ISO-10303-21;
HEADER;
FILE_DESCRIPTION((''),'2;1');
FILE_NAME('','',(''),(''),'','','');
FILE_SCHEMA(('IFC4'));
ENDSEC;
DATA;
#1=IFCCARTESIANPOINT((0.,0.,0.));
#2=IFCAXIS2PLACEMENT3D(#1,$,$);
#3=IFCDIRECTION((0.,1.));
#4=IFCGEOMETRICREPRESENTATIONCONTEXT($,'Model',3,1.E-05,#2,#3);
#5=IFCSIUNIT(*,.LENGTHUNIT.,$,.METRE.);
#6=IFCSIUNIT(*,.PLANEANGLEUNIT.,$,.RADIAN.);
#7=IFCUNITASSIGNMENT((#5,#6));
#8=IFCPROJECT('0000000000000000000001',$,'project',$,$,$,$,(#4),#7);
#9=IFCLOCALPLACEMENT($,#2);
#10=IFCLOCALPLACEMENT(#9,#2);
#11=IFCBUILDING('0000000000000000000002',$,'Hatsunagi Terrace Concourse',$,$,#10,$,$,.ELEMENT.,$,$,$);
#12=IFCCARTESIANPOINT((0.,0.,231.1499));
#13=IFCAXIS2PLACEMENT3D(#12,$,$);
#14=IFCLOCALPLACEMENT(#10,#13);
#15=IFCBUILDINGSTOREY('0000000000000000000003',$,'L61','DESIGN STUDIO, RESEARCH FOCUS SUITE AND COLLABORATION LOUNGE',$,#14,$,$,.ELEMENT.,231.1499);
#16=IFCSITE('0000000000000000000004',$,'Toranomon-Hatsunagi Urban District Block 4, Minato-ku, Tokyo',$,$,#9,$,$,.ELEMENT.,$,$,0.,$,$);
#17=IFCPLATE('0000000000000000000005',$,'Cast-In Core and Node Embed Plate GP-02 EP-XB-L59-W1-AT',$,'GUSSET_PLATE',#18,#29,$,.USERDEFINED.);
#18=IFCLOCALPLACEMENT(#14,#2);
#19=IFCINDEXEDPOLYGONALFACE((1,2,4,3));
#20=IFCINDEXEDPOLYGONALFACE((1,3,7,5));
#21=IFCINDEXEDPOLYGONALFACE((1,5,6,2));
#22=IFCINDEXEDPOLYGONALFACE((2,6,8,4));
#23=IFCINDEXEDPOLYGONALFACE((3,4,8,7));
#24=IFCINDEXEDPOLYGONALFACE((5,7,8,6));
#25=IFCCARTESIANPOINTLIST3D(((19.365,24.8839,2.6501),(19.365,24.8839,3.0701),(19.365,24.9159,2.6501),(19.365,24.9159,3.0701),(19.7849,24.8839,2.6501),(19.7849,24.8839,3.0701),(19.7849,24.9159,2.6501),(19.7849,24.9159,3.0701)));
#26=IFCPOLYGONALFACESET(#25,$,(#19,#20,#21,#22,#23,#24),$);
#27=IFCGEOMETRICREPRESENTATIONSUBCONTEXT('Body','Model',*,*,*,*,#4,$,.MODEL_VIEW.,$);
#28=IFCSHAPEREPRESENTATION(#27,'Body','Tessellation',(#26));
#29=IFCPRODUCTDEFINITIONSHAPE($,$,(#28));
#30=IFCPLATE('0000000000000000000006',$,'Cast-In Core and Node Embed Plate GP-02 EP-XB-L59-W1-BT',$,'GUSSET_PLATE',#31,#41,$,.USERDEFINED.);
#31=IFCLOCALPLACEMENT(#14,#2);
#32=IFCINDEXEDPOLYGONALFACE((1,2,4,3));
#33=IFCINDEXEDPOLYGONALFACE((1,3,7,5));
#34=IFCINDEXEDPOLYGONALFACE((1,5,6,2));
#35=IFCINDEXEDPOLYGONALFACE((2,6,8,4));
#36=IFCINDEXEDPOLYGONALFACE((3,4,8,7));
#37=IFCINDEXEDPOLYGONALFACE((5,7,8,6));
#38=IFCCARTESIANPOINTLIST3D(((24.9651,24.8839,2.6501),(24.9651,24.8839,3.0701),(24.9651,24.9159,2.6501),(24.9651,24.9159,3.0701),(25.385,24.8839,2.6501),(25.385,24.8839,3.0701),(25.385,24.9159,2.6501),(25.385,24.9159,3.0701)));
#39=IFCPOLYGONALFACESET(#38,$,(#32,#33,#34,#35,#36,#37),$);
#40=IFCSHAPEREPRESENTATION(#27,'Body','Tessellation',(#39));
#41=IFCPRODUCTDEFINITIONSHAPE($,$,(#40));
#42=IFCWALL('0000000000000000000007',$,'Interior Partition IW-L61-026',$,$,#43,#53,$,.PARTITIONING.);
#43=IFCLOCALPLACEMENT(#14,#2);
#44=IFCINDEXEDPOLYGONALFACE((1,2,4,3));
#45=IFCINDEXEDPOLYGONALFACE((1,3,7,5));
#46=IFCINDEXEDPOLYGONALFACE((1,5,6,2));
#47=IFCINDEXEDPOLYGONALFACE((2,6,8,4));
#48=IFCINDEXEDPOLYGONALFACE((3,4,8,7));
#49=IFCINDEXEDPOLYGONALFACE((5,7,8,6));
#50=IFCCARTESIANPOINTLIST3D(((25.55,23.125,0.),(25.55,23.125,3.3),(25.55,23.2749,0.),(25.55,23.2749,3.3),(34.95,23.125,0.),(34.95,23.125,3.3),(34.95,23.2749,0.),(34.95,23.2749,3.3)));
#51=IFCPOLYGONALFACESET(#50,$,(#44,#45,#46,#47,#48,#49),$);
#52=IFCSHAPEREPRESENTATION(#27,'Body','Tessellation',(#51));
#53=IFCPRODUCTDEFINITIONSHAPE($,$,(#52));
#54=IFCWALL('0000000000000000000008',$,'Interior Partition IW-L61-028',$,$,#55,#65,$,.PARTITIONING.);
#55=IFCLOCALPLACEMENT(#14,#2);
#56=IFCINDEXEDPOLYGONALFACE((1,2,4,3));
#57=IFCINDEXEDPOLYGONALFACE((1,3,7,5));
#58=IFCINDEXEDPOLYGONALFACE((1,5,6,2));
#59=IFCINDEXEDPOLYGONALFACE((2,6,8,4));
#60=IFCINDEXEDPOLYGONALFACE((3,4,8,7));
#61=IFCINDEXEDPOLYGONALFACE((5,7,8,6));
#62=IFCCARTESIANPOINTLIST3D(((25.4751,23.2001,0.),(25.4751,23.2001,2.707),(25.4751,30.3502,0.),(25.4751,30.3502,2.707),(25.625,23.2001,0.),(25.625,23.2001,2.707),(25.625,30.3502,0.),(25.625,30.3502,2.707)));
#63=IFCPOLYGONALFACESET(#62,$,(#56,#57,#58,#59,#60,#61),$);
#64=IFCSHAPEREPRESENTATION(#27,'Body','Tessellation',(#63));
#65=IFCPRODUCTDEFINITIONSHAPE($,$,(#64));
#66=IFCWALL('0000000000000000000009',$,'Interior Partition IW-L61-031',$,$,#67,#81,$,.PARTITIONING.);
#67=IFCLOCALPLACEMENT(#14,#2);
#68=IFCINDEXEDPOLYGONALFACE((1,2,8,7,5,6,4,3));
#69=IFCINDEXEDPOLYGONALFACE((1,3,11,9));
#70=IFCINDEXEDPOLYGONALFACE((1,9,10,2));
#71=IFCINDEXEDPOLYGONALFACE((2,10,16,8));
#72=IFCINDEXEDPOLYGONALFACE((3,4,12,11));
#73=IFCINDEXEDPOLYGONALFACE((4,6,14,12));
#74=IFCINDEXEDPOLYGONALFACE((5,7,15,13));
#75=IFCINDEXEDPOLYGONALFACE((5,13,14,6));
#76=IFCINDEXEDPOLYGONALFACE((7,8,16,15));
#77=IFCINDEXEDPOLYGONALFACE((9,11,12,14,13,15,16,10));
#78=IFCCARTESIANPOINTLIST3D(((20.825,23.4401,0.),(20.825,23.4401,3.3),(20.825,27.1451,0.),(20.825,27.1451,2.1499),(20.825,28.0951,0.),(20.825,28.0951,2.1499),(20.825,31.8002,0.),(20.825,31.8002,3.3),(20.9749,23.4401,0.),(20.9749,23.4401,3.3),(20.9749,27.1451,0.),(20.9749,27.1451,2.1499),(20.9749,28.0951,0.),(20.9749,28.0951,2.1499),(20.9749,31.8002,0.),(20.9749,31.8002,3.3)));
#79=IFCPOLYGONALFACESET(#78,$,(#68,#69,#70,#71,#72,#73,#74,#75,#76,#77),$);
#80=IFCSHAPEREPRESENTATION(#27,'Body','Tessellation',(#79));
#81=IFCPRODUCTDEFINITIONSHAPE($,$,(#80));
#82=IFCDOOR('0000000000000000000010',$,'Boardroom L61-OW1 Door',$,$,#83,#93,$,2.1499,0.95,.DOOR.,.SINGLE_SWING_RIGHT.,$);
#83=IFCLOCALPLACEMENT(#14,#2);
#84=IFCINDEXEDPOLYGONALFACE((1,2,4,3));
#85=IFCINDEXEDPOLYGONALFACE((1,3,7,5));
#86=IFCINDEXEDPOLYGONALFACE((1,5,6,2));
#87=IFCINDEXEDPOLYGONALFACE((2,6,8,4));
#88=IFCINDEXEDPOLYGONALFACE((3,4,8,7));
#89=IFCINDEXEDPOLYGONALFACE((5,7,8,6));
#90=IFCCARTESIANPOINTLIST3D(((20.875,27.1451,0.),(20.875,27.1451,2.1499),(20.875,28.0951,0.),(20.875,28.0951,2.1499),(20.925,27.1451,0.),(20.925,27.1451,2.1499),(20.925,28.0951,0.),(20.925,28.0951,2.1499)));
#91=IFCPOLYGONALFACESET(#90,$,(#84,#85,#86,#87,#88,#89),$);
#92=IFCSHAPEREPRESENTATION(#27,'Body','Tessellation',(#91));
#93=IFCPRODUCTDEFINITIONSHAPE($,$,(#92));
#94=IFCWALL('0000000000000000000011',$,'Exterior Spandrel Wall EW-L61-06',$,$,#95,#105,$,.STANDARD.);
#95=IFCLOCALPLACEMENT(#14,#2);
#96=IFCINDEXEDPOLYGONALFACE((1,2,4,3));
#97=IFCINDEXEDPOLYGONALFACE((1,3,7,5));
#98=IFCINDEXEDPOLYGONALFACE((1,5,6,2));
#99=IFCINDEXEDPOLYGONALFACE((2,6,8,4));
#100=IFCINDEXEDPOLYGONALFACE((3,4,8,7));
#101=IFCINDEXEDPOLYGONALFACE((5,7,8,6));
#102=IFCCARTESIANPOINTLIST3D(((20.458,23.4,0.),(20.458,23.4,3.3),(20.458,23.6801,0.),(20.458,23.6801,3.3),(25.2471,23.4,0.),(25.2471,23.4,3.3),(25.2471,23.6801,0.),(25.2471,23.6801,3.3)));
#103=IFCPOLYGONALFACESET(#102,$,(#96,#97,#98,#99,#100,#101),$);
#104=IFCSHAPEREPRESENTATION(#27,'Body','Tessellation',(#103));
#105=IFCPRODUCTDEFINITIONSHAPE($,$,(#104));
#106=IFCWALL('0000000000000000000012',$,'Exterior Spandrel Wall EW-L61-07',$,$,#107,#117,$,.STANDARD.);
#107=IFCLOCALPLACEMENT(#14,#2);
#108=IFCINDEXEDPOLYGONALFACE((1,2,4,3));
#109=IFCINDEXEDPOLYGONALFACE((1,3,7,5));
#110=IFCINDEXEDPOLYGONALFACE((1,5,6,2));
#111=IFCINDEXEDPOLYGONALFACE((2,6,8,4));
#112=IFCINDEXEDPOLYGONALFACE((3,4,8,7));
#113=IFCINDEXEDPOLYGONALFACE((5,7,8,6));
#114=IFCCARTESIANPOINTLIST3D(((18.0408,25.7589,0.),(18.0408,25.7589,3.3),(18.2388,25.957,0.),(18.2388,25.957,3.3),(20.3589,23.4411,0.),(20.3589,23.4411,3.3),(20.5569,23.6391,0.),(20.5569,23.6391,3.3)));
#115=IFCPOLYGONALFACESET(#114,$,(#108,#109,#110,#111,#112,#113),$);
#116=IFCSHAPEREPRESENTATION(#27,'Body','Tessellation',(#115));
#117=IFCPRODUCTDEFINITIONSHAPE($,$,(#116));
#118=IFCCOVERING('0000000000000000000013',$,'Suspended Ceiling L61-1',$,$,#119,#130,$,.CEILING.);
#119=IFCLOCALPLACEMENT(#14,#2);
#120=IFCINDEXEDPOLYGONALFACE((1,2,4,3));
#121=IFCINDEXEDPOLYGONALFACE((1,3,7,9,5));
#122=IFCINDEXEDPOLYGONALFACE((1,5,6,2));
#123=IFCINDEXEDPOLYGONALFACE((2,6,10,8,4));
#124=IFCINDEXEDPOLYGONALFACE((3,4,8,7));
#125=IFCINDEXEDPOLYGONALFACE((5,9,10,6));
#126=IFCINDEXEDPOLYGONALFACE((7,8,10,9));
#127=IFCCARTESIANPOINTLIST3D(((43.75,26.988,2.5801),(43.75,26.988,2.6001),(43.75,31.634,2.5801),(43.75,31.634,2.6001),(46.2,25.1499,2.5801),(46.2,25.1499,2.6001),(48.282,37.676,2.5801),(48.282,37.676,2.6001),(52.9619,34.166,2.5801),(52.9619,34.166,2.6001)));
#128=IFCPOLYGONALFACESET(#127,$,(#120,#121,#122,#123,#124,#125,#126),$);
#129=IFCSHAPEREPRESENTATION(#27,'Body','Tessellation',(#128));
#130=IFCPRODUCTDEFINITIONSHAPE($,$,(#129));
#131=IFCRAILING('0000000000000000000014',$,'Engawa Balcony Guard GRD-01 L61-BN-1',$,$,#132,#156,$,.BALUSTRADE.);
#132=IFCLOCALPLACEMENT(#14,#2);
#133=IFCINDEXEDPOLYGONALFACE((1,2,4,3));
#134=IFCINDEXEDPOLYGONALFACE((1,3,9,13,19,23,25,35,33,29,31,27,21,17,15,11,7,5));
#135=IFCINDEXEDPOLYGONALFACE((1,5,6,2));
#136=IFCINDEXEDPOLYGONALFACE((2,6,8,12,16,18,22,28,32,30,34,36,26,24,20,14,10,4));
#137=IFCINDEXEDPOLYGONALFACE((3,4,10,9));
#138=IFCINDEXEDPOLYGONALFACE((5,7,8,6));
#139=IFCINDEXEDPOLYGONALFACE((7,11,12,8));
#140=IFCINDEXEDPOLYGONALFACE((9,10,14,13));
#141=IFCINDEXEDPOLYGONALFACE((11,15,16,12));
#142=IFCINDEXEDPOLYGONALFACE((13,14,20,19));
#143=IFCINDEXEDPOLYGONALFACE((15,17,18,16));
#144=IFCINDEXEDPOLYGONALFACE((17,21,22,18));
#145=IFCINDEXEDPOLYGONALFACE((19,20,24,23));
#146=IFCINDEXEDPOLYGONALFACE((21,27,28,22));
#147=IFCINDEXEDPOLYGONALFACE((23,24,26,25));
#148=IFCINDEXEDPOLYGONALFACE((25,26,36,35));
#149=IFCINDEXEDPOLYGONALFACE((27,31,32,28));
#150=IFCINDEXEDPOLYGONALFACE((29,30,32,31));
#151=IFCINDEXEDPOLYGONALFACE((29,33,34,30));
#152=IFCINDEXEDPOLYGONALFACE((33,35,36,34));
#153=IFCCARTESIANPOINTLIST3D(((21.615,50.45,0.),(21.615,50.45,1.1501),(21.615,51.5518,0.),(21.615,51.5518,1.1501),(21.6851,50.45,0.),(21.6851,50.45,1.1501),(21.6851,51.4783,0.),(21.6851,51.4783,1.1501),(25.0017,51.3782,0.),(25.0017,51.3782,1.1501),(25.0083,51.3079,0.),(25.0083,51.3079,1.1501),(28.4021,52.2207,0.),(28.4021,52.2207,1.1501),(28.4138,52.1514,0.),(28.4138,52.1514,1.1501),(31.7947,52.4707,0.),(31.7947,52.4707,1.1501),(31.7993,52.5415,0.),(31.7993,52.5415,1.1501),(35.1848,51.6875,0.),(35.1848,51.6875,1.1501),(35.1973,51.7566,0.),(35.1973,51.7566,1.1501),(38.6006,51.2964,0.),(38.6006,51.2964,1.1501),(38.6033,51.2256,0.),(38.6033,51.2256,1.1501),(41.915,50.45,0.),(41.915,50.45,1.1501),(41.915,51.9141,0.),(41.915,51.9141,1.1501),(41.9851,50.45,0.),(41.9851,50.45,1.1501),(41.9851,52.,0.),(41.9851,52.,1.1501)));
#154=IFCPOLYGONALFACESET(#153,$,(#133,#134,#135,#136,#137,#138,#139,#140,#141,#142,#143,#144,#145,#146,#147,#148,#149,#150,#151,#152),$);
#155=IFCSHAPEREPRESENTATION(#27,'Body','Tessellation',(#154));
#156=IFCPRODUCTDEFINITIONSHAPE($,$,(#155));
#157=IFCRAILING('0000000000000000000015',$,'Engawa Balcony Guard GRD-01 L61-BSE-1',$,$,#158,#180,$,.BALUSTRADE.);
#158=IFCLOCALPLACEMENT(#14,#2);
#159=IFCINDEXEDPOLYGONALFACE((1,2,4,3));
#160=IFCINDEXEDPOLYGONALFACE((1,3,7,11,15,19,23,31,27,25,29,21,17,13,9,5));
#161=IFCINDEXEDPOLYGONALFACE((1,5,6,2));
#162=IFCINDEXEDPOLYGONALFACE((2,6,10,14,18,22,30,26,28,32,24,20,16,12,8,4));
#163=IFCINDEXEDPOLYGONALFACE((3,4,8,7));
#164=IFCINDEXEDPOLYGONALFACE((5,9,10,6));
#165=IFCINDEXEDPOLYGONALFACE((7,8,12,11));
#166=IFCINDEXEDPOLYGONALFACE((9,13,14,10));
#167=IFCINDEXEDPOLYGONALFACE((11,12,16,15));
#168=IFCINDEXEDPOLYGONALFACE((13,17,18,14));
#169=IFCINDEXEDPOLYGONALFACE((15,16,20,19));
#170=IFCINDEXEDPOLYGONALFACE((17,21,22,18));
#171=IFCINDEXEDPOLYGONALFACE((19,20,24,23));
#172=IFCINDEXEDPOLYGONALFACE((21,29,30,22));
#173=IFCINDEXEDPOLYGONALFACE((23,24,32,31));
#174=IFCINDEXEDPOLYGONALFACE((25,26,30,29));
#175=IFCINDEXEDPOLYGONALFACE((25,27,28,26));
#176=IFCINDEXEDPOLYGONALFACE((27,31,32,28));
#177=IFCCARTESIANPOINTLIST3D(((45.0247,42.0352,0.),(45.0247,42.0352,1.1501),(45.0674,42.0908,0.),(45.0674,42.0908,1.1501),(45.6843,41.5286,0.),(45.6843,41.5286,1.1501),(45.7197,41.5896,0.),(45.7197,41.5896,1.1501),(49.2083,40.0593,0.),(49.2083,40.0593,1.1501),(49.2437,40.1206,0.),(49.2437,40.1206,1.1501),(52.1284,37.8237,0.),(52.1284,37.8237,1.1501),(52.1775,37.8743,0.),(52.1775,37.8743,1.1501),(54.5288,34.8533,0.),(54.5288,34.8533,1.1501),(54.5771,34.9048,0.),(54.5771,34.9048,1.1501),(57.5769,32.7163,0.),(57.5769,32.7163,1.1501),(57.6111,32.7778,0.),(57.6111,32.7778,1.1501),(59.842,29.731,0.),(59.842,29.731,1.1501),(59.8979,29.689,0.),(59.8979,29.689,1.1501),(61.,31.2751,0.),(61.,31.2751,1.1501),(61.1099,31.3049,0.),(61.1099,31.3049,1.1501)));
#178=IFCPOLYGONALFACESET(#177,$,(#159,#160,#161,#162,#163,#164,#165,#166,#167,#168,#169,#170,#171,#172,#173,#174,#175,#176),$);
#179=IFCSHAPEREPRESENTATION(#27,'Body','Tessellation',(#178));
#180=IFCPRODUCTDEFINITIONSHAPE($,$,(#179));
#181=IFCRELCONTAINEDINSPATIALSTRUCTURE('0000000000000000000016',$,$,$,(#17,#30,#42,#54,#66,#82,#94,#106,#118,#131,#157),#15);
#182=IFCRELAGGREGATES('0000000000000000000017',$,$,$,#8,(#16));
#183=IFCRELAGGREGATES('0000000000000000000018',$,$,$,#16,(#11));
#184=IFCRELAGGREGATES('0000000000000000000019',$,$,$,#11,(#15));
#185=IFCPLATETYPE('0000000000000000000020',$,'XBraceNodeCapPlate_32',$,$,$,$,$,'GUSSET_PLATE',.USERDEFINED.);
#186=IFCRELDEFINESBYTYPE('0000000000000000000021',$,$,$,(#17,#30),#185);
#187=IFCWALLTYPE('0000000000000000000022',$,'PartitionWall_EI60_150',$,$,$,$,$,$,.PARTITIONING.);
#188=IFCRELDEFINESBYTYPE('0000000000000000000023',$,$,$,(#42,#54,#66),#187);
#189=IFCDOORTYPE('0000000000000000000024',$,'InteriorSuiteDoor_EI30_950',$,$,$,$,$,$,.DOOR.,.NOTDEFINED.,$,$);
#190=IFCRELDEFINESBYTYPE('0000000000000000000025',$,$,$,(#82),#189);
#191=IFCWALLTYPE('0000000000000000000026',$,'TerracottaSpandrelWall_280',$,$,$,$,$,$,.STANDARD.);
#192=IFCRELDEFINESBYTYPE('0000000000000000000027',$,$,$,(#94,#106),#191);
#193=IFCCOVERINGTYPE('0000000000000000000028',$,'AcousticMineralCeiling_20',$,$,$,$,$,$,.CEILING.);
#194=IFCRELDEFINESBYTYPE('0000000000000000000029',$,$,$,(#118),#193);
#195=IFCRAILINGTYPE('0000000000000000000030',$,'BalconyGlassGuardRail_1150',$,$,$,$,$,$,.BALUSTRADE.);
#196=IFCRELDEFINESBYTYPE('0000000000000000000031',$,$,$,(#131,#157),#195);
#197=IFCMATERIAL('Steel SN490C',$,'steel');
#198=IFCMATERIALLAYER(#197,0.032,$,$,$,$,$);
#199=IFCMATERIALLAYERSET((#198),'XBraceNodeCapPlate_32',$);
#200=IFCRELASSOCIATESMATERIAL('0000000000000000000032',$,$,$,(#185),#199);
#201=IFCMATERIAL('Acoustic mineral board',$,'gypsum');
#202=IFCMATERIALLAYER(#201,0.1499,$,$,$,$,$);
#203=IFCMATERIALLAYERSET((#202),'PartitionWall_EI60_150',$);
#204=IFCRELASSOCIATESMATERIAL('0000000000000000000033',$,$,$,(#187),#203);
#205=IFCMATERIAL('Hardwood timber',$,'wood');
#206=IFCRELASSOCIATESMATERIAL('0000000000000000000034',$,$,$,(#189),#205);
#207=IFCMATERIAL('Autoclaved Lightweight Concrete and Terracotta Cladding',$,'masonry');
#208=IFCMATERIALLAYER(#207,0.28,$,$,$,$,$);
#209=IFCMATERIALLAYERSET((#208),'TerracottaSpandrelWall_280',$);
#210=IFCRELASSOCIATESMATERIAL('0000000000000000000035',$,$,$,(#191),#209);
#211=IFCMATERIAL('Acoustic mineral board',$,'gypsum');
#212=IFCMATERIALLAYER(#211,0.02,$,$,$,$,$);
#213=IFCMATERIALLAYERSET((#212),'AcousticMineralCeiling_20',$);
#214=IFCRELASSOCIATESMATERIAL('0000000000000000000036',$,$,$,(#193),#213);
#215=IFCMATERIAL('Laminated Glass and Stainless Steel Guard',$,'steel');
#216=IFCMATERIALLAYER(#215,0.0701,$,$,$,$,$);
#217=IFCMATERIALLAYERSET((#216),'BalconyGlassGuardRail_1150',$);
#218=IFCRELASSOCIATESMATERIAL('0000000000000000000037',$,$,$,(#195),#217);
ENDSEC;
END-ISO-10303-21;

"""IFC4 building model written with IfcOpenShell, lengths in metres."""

from ifc_helpers import new_model, si_unit, direction, frame, frame_2d, origin, origin_2d, place, context, subcontext, project, spatial, polyline, rectangle, outline, extrude, material, layer, layer_set, type_object, element, fill, save


model = new_model("IFC4")

# Units and contexts
model_context = context("Model", 3, precision=1e-05, world=origin(), true_north=direction((0.0, 1.0)))
body_context = subcontext(model_context, "Body", "Model", "MODEL_VIEW")
ifc_project = project(units=[si_unit("LENGTHUNIT", "METRE"), si_unit("PLANEANGLEUNIT", "RADIAN")], contexts=[model_context])

# Site, building, storey
site_placement = place(None, origin())
site = spatial("IfcSite", under=ifc_project, at=site_placement, Name="Toranomon-Hatsunagi Urban District Block 4, Minato-ku, Tokyo", CompositionType="ELEMENT", RefElevation=0.0)
building_placement = place(site_placement, origin())
building = spatial("IfcBuilding", under=site, at=building_placement, Name="Hatsunagi Terrace Concourse", CompositionType="ELEMENT")
storey_placement = place(building_placement, frame((0.0, 0.0, 231.1499)))
storey = spatial("IfcBuildingStorey", under=building, at=storey_placement, Name="L61", Description="DESIGN STUDIO, RESEARCH FOCUS SUITE AND COLLABORATION LOUNGE", CompositionType="ELEMENT", Elevation=231.1499)

# Plates
ifc_material_1 = material(Name="Steel SN490C", Category="steel")
ifc_layer_1 = layer(ifc_material_1, 0.032)
ifc_layer_set_1 = layer_set([ifc_layer_1], Name="XBraceNodeCapPlate_32")
plate_type = type_object("IfcPlateType", Name="XBraceNodeCapPlate_32", ElementType="GUSSET_PLATE", PredefinedType="USERDEFINED", material=ifc_layer_set_1)
for number, where, z_axis, x_axis, name in (
    (1, (19.575, 24.8999, 2.6501), (0.0, 0.0, 1.0), (1.0, 0.0, 0.0), "Cast-In Core and Node Embed Plate GP-02 EP-XB-L59-W1-AT"),
    (2, (25.175, 24.8999, 2.6501), (0.0, 0.0, 1.0), (1.0, 0.0, 0.0), "Cast-In Core and Node Embed Plate GP-02 EP-XB-L59-W1-BT"),
):
    element("IfcPlate", number, at=place(storey_placement, frame(where, z_axis=z_axis, x_axis=x_axis)), inside=storey, type_object=plate_type, Name=name, ObjectType="GUSSET_PLATE", PredefinedType="USERDEFINED", context=body_context, shape_type="SweptSolid", body=[
        extrude(rectangle(XDim=0.4199, YDim=0.032, at=origin_2d()), origin(), (0.0, 0.0, 1.0), 0.4199),
    ])

# Walls
ifc_material_2 = material(Name="Acoustic mineral board", Category="gypsum")
ifc_layer_2 = layer(ifc_material_2, 0.1499)
ifc_layer_set_2 = layer_set([ifc_layer_2], Name="PartitionWall_EI60_150")
wall_type_1 = type_object("IfcWallType", Name="PartitionWall_EI60_150", PredefinedType="PARTITIONING", material=ifc_layer_set_2)
wall_1_placement = place(storey_placement, frame((25.55, 23.2, 0.0), z_axis=(0.0, 0.0, 1.0), x_axis=(1.0, 0.0, 0.0)))
element("IfcWall", 3, at=wall_1_placement, inside=storey, type_object=wall_type_1, Name="Interior Partition IW-L61-026", PredefinedType="PARTITIONING", context=body_context, shape_type="SweptSolid", body=[
    extrude(rectangle(XDim=9.3999, YDim=0.1499, at=frame_2d((4.7, 0.0))), origin(), (0.0, 0.0, 1.0), 3.3),
])
wall_2_placement = place(storey_placement, frame((25.55, 23.2, 0.0), z_axis=(0.0, 0.0, 1.0), x_axis=(0.0, 1.0, 0.0)))
element("IfcWall", 4, at=wall_2_placement, inside=storey, type_object=wall_type_1, Name="Interior Partition IW-L61-028", PredefinedType="PARTITIONING", context=body_context, shape_type="SweptSolid", body=[
    extrude(rectangle(XDim=7.1501, YDim=0.1499, at=frame_2d((3.5752, 0.0))), origin(), (0.0, 0.0, 1.0), 2.707),
])

# Wall, opening, door
wall_3_placement = place(storey_placement, frame((20.8999, 23.4399, 0.0), z_axis=(0.0, 0.0, 1.0), x_axis=(0.0, 1.0, 0.0)))
wall_3 = element("IfcWall", 5, at=wall_3_placement, inside=storey, type_object=wall_type_1, Name="Interior Partition IW-L61-031", PredefinedType="PARTITIONING", context=body_context, shape_type="SweptSolid", body=[
    extrude(rectangle(XDim=8.3601, YDim=0.1499, at=frame_2d((4.1802, 0.0))), origin(), (0.0, 0.0, 1.0), 3.3),
])
opening_placement = place(wall_3_placement, frame((3.7051, 0.0, 0.0)))
opening = element("IfcOpeningElement", 6, at=opening_placement, cuts=wall_3, PredefinedType="OPENING", context=body_context, shape_type="SweptSolid", body=[
    extrude(rectangle(XDim=0.95, YDim=2.1499, at=frame_2d((0.4751, 1.075))), frame((0.0, 0.085, 0.0), z_axis=(0.0, -1.0, 0.0), x_axis=(1.0, 0.0, 0.0)), (0.0, 0.0, 1.0), 0.1699),
])
ifc_material_3 = material(Name="Hardwood timber", Category="wood")
door_type = type_object("IfcDoorType", Name="InteriorSuiteDoor_EI30_950", OperationType="NOTDEFINED", PredefinedType="DOOR", material=ifc_material_3)
door_placement = place(opening_placement, origin())
door = element("IfcDoor", 7, at=door_placement, inside=storey, type_object=door_type, Name="Boardroom L61-OW1 Door", OperationType="SINGLE_SWING_RIGHT", OverallHeight=2.1499, OverallWidth=0.95, PredefinedType="DOOR", context=body_context, shape_type="SweptSolid", body=[
    extrude(rectangle(XDim=0.95, YDim=2.1499, at=frame_2d((0.4751, 1.075))), frame((0.0, 0.0249, 0.0), z_axis=(0.0, -1.0, 0.0), x_axis=(1.0, 0.0, 0.0)), (0.0, 0.0, 1.0), 0.05),
])
fill(opening, door)

# Walls
ifc_material_4 = material(Name="Autoclaved Lightweight Concrete and Terracotta Cladding", Category="masonry")
ifc_layer_3 = layer(ifc_material_4, 0.28)
ifc_layer_set_3 = layer_set([ifc_layer_3], Name="TerracottaSpandrelWall_280")
wall_type_2 = type_object("IfcWallType", Name="TerracottaSpandrelWall_280", PredefinedType="STANDARD", material=ifc_layer_set_3)
wall_4_placement = place(storey_placement, frame((25.2471, 23.54, 0.0), z_axis=(0.0, 0.0, 1.0), x_axis=(-1.0, 0.0, 0.0)))
element("IfcWall", 8, at=wall_4_placement, inside=storey, type_object=wall_type_2, Name="Exterior Spandrel Wall EW-L61-06", PredefinedType="STANDARD", context=body_context, shape_type="SweptSolid", body=[
    extrude(rectangle(XDim=4.7891, YDim=0.28, at=frame_2d((2.3945, 0.0))), origin(), (0.0, 0.0, 1.0), 3.3),
])
wall_5_placement = place(storey_placement, frame((20.458, 23.54, 0.0), z_axis=(0.0, 0.0, 1.0), x_axis=(-0.707144, 0.70707, 0.0)))
element("IfcWall", 9, at=wall_5_placement, inside=storey, type_object=wall_type_2, Name="Exterior Spandrel Wall EW-L61-07", PredefinedType="STANDARD", context=body_context, shape_type="SweptSolid", body=[
    extrude(rectangle(XDim=3.2781, YDim=0.28, at=frame_2d((1.6392, 0.0))), origin(), (0.0, 0.0, 1.0), 3.3),
])

# Covering
ifc_material_5 = material(Name="Acoustic mineral board", Category="gypsum")
ifc_layer_4 = layer(ifc_material_5, 0.02)
ifc_layer_set_4 = layer_set([ifc_layer_4], Name="AcousticMineralCeiling_20")
covering_type_1 = type_object("IfcCoveringType", Name="AcousticMineralCeiling_20", PredefinedType="CEILING", material=ifc_layer_set_4)
covering_1_placement = place(storey_placement, frame((0.0, 0.0, 2.5801)))
element("IfcCovering", 10, at=covering_1_placement, inside=storey, type_object=covering_type_1, Name="Suspended Ceiling L61-1", PredefinedType="CEILING", context=body_context, shape_type="SweptSolid", body=[
    extrude(outline(polyline([(48.282, 37.676), (43.75, 31.634), (43.75, 26.988), (46.2, 25.1499), (52.9619, 34.166), (48.282, 37.676)])), origin(), (0.0, 0.0, 1.0), 0.02),
])

# Railings
ifc_material_6 = material(Name="Laminated Glass and Stainless Steel Guard", Category="steel")
ifc_layer_5 = layer(ifc_material_6, 0.0701)
ifc_layer_set_5 = layer_set([ifc_layer_5], Name="BalconyGlassGuardRail_1150")
railing_type = type_object("IfcRailingType", Name="BalconyGlassGuardRail_1150", PredefinedType="BALUSTRADE", material=ifc_layer_set_5)
railing_1_placement = place(storey_placement, origin())
element("IfcRailing", 11, at=railing_1_placement, inside=storey, type_object=railing_type, Name="Engawa Balcony Guard GRD-01 L61-BN-1", PredefinedType="BALUSTRADE", context=body_context, shape_type="SweptSolid", body=[
    extrude(outline(polyline([(21.615, 50.45), (21.6851, 50.45), (21.6851, 51.4783), (25.0083, 51.3079), (28.4138, 52.1514), (31.7947, 52.4707), (35.1848, 51.6875), (38.6033, 51.2256), (41.915, 51.9141), (41.915, 50.45), (41.9851, 50.45), (41.9851, 52.0), (38.6006, 51.2964), (35.1973, 51.7566), (31.7993, 52.5415), (28.4021, 52.2207), (25.0017, 51.3782), (21.615, 51.5518), (21.615, 50.45)])), origin(), (0.0, 0.0, 1.0), 1.1501),
])
railing_2_placement = place(storey_placement, origin())
element("IfcRailing", 12, at=railing_2_placement, inside=storey, type_object=railing_type, Name="Engawa Balcony Guard GRD-01 L61-BSE-1", PredefinedType="BALUSTRADE", context=body_context, shape_type="SweptSolid", body=[
    extrude(outline(polyline([(45.0674, 42.0908), (45.0247, 42.0352), (45.6843, 41.5286), (49.2083, 40.0593), (52.1284, 37.8237), (54.5288, 34.8533), (57.5769, 32.7163), (61.0, 31.2751), (59.842, 29.731), (59.8979, 29.689), (61.1099, 31.3049), (57.6111, 32.7778), (54.5771, 34.9048), (52.1775, 37.8743), (49.2437, 40.1206), (45.7197, 41.5896), (45.0674, 42.0908)])), origin(), (0.0, 0.0, 1.0), 1.1501),
])

save(model, "model.ifc")
